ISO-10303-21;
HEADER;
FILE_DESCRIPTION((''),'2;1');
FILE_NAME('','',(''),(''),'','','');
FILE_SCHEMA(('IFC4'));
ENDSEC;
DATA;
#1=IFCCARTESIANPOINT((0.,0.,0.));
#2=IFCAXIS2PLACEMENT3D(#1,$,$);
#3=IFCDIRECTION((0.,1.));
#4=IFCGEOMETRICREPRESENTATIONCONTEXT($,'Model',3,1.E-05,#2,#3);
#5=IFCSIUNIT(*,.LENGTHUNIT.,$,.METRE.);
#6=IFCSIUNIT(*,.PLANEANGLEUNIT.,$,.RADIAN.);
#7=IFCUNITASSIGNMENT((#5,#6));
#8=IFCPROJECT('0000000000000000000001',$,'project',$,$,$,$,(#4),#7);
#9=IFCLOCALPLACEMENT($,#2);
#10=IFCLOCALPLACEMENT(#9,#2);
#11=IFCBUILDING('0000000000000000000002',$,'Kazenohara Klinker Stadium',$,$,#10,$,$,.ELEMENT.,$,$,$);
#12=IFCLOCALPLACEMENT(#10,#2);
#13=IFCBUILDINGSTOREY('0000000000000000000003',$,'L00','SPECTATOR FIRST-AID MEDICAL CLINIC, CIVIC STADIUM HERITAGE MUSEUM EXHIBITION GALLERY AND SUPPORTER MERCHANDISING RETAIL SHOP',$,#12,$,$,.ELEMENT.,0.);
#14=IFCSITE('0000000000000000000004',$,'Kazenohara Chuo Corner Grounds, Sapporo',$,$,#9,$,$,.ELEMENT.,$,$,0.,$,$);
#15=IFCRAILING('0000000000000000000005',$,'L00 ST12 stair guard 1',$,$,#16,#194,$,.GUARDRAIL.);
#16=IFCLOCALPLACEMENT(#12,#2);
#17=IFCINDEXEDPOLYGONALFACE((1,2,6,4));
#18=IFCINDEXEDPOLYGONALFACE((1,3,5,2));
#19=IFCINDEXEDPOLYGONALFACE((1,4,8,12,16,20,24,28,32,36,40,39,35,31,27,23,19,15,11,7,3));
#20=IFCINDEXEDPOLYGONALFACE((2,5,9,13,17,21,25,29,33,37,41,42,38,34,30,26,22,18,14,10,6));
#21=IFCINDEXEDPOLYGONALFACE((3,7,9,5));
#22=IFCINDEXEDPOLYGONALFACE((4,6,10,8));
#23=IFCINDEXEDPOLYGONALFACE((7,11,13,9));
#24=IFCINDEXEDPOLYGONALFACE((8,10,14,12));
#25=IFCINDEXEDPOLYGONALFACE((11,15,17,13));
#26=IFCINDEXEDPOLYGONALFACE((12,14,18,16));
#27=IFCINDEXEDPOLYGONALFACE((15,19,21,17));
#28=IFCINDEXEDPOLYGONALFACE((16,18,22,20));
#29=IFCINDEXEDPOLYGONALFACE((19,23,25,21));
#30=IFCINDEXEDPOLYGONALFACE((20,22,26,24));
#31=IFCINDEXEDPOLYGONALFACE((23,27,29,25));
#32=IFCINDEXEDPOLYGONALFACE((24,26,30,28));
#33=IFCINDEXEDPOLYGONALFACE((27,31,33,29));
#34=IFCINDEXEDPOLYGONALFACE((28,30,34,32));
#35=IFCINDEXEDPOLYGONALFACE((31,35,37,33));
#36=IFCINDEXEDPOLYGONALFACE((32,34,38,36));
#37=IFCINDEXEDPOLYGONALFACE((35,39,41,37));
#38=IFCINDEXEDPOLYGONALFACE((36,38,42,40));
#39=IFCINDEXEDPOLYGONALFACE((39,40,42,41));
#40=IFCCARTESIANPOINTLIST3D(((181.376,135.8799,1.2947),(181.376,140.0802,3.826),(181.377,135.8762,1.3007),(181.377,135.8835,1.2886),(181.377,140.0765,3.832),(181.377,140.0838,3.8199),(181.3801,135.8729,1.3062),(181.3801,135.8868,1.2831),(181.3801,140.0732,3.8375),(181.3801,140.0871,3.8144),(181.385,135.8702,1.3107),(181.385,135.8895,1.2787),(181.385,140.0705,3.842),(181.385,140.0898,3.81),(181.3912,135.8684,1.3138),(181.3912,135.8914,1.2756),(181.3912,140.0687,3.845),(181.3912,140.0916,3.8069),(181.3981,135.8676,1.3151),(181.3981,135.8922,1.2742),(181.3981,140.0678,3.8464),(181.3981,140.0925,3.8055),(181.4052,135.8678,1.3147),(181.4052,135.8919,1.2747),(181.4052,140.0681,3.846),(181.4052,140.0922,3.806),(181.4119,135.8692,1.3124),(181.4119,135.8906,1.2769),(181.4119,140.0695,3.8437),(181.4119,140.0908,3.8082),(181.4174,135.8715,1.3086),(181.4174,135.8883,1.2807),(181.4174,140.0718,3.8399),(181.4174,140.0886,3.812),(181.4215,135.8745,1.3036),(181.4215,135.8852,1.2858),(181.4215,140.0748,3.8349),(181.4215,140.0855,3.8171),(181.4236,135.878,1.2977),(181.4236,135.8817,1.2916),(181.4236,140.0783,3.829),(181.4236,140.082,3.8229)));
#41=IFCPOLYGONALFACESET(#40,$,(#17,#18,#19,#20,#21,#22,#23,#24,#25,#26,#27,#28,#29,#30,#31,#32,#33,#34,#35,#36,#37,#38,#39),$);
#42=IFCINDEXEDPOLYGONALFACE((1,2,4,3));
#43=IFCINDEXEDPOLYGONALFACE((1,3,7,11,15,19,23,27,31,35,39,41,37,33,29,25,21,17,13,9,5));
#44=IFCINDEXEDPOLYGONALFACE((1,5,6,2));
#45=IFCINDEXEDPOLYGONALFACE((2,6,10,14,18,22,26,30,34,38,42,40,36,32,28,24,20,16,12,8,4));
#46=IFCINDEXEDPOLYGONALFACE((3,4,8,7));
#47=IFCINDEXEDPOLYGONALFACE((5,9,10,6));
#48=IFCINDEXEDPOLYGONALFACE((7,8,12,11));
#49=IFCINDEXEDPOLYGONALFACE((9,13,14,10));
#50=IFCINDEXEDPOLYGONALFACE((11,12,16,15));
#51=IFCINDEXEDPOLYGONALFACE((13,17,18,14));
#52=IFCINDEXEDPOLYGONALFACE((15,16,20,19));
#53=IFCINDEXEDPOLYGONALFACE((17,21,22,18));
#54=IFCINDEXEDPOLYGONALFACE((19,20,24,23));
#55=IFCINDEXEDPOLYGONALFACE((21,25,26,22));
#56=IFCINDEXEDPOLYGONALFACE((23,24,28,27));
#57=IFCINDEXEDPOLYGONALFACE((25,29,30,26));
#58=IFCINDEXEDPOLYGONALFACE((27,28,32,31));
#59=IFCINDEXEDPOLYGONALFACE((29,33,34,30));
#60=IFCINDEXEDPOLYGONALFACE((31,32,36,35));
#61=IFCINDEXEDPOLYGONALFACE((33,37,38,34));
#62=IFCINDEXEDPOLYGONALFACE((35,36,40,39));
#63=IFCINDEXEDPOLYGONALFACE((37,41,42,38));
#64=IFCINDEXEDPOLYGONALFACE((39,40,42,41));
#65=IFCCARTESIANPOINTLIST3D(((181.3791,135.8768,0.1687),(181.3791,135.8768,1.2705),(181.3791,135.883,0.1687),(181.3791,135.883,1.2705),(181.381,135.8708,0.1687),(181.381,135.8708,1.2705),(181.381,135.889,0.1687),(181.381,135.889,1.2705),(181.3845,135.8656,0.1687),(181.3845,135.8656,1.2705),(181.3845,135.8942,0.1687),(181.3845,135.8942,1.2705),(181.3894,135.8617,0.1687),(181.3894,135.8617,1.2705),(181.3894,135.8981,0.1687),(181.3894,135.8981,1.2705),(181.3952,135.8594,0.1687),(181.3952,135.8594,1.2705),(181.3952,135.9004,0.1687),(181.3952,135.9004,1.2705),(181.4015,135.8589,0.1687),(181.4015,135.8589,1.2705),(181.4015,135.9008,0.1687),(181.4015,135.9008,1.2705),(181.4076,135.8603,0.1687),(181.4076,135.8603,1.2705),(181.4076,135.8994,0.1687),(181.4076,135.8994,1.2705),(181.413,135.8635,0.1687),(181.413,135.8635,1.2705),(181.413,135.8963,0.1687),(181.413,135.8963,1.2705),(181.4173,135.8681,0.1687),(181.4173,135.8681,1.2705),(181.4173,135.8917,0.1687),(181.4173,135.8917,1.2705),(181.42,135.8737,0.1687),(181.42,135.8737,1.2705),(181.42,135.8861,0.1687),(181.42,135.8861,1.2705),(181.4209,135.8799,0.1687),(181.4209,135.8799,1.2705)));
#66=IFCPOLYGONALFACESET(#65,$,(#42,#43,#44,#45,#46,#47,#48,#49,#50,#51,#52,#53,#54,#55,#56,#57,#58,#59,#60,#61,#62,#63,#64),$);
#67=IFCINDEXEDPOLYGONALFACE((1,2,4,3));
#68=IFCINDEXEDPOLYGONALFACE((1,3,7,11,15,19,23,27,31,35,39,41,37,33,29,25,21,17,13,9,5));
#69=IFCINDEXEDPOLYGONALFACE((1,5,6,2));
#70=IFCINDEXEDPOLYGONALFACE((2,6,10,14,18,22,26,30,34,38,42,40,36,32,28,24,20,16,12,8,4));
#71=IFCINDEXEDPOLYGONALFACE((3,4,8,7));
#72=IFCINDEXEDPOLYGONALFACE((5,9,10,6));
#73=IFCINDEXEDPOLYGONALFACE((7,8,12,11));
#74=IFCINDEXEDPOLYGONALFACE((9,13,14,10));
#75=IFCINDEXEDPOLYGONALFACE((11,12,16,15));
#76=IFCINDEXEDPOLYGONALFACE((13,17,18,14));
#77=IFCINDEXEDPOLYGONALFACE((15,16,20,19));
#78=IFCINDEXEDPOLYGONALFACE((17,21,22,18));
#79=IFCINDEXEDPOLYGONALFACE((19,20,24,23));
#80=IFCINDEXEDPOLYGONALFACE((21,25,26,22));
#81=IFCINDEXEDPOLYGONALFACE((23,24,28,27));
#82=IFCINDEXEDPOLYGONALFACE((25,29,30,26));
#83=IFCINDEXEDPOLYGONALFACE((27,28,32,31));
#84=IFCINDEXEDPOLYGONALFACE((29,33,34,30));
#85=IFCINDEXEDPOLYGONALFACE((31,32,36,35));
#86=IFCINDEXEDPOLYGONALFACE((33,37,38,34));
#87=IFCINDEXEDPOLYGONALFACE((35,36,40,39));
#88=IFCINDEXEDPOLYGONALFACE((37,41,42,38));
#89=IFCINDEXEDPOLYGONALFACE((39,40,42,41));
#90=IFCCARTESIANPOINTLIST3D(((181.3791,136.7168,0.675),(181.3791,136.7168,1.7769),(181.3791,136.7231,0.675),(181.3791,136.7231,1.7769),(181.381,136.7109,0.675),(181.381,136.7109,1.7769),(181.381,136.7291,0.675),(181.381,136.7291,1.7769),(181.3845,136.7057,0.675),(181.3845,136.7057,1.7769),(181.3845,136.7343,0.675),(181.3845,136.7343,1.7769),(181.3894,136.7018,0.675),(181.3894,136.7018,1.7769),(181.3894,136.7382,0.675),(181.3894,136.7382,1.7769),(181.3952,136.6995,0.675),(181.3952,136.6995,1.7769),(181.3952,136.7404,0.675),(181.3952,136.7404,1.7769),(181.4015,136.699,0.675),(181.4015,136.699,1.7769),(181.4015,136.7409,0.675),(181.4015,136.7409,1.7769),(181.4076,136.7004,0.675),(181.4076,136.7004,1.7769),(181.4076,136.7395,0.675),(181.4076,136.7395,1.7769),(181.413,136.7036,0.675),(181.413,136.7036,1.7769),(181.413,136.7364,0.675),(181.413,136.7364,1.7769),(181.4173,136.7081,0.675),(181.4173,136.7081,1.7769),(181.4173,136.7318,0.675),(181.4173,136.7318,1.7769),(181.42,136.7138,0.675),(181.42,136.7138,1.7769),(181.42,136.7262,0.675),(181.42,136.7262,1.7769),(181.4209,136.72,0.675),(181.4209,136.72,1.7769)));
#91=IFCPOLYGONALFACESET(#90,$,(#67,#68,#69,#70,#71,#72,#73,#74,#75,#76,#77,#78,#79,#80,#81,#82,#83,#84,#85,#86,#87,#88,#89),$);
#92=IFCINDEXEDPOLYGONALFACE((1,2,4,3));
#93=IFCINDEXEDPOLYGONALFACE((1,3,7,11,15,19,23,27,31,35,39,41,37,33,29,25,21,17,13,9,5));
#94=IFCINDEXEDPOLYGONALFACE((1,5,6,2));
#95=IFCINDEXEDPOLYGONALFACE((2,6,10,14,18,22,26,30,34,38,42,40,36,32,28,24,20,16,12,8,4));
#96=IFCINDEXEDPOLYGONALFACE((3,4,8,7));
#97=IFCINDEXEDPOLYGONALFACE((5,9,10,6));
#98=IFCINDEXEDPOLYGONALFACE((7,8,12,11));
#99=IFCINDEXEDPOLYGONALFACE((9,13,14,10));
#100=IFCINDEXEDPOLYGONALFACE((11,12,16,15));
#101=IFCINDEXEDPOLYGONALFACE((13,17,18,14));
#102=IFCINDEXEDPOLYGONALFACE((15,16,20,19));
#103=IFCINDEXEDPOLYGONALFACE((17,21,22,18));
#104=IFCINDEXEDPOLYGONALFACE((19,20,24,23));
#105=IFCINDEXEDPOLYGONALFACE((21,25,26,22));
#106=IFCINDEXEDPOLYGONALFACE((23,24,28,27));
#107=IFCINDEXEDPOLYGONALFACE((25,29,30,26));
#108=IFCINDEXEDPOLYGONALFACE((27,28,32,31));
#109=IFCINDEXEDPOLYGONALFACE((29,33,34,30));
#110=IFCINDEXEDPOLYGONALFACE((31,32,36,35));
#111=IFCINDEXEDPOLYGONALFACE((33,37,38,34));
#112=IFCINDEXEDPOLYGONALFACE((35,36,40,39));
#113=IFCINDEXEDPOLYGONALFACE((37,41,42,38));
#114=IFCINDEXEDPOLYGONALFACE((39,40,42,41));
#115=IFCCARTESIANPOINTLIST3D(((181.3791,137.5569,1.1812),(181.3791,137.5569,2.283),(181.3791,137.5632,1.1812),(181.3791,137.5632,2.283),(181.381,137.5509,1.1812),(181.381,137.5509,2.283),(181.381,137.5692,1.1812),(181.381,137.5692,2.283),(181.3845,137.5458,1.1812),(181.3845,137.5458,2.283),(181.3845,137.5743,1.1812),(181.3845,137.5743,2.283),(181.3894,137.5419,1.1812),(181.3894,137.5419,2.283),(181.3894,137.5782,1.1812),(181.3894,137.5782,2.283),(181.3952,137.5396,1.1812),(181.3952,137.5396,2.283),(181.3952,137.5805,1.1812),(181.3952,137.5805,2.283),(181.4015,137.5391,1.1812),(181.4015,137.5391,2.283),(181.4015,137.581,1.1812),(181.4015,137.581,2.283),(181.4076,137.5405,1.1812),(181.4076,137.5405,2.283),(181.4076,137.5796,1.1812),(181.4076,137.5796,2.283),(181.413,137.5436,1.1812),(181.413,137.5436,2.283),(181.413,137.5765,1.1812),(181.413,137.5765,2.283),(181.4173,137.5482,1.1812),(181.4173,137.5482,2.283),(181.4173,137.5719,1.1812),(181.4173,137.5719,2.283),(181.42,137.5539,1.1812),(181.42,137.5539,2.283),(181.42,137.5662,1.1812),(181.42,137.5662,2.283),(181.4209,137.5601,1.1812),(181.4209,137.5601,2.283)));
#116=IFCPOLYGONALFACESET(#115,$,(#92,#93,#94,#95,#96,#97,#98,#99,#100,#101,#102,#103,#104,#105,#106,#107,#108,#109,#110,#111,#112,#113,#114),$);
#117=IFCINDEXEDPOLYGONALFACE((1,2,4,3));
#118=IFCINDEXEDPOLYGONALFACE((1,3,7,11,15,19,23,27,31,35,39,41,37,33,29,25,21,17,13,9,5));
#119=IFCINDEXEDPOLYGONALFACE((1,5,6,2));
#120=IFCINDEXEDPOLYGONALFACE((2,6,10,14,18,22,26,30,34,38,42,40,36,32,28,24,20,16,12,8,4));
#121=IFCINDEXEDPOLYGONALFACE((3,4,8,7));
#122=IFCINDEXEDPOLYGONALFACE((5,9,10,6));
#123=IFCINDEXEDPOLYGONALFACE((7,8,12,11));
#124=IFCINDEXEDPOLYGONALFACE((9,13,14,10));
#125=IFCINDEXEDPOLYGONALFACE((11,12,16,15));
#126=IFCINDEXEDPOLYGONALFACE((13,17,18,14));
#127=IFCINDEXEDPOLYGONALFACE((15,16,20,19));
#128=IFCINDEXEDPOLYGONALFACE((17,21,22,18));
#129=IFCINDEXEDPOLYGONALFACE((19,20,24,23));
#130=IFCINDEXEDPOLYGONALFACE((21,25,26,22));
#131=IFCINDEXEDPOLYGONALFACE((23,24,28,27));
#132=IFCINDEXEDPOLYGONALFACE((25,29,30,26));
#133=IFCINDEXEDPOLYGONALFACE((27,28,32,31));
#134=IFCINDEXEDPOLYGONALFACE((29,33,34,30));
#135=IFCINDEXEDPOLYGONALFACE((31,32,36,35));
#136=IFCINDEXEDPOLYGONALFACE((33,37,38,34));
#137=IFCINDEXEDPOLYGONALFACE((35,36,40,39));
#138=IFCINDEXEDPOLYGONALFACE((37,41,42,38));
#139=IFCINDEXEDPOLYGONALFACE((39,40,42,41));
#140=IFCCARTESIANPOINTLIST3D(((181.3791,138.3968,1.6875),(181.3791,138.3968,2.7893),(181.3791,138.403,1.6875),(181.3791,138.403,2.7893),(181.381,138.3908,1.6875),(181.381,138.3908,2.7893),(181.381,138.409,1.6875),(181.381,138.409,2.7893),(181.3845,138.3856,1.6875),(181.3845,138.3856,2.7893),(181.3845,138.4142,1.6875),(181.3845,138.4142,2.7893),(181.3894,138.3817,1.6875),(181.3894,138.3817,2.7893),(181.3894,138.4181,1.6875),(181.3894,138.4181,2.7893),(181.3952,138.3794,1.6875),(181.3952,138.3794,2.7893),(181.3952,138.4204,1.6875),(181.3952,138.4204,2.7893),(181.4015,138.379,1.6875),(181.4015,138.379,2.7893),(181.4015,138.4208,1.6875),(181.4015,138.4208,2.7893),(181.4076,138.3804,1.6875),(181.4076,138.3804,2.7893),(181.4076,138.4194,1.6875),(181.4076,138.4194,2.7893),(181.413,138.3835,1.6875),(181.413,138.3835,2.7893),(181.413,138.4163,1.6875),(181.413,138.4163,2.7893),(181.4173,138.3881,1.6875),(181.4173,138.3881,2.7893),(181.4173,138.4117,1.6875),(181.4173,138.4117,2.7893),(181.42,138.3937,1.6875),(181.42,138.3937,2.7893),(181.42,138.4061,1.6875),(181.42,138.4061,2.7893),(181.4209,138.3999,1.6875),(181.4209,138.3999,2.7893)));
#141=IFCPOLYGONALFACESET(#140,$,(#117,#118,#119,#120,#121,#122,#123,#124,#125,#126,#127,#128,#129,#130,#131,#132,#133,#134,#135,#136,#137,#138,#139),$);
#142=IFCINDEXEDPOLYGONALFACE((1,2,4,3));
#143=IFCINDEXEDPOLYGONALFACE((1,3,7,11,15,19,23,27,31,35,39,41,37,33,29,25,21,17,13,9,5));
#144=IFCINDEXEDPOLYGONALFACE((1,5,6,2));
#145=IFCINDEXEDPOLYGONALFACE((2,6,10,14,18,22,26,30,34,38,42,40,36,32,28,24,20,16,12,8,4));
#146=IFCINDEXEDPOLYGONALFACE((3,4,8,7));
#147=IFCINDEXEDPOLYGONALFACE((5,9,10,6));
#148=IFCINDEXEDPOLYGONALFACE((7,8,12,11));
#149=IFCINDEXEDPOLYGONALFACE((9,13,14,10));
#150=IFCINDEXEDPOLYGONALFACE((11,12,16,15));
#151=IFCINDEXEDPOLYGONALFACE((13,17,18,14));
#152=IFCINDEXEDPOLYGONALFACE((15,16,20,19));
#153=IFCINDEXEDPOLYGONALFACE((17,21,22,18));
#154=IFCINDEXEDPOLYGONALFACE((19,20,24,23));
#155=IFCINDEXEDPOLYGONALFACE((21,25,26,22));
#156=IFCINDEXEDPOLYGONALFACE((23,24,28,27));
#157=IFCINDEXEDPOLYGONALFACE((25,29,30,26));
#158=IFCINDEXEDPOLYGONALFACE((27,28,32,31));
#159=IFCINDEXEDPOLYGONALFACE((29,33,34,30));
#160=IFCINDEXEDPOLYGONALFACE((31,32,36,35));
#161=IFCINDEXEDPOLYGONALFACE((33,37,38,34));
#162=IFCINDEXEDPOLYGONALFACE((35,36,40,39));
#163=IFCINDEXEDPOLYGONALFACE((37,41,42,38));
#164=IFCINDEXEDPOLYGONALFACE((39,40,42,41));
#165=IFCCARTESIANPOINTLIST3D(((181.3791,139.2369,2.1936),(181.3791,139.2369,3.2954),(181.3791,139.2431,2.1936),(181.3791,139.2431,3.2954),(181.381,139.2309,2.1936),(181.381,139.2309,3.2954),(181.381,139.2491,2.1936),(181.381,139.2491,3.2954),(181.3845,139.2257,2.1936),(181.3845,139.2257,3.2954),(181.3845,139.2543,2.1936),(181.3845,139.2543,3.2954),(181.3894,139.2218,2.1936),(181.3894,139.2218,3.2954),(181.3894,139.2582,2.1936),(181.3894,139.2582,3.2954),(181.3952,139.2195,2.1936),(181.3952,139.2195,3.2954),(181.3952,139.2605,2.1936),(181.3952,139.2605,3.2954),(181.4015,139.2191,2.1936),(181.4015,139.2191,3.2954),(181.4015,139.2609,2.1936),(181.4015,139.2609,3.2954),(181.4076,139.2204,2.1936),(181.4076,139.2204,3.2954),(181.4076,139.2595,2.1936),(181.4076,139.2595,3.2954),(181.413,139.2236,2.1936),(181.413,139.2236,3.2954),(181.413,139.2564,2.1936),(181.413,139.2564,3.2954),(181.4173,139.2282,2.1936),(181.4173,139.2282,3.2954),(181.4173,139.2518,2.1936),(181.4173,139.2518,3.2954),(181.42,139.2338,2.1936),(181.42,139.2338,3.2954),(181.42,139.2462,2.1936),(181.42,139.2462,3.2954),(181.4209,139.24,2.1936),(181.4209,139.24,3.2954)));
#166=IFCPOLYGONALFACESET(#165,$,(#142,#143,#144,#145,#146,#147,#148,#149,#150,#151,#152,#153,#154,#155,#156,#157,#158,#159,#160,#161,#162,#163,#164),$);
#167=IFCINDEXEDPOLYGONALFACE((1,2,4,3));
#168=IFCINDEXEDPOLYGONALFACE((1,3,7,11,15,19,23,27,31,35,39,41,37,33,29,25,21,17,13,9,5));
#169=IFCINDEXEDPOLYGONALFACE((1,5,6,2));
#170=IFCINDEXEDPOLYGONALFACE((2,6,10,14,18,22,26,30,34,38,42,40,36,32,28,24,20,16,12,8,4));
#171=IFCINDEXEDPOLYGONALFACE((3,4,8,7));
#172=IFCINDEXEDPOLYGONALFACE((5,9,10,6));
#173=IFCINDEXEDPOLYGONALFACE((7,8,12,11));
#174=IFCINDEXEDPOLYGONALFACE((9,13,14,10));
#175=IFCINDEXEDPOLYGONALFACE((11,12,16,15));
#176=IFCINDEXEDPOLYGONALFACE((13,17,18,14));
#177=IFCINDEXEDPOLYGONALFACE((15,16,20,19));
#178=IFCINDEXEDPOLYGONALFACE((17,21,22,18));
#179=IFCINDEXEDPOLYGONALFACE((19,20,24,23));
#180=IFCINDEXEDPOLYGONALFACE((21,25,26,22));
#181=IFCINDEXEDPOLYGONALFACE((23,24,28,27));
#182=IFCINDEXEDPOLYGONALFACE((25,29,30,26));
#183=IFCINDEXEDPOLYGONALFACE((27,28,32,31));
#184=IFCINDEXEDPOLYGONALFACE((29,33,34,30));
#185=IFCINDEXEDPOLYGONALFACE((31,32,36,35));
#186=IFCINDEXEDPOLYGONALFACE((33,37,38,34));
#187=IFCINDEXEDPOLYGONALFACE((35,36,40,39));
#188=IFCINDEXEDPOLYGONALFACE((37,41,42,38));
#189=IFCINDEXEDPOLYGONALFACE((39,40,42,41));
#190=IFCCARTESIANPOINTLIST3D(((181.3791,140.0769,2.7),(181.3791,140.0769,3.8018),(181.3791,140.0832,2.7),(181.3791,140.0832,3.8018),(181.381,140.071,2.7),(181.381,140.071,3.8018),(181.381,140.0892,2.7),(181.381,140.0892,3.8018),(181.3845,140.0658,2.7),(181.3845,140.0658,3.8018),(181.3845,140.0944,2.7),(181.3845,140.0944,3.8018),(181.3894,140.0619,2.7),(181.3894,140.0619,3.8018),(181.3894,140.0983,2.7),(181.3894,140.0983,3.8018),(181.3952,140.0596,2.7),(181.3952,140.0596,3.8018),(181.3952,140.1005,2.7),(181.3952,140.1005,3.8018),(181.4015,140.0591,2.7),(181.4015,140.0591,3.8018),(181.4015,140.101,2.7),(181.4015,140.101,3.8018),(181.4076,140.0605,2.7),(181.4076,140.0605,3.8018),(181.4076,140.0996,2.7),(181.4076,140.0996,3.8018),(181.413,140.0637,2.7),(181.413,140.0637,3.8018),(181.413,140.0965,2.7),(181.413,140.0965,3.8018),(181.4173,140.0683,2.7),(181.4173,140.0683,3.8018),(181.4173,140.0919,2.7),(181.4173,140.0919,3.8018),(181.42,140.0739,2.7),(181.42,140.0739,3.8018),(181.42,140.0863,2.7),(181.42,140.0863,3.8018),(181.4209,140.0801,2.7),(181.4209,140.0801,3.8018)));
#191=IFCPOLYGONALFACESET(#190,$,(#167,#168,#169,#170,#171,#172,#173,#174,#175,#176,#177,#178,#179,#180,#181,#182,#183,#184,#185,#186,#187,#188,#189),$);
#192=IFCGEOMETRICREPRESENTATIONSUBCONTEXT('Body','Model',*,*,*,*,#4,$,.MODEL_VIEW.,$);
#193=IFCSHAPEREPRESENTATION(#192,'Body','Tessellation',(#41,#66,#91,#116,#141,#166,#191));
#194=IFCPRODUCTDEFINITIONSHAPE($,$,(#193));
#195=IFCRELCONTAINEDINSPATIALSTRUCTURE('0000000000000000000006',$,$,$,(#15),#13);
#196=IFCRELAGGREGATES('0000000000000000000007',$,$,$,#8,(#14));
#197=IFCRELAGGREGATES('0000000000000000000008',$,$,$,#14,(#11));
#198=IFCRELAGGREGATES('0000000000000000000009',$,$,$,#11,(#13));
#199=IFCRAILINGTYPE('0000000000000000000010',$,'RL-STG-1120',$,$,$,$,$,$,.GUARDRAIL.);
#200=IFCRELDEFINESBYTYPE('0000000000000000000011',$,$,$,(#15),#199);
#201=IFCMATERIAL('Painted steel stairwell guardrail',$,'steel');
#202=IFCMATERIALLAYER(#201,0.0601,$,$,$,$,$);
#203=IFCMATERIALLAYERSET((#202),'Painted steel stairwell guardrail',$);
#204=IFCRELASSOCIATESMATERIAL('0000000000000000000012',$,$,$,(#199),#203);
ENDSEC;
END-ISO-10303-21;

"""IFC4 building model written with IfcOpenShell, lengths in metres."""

from ifc_helpers import new_model, si_unit, direction, frame, origin, origin_2d, place, context, subcontext, project, spatial, circle, extrude, material, layer, layer_set, type_object, element, save


model = new_model("IFC4")

# Units and contexts
model_context = context("Model", 3, precision=1e-05, world=origin(), true_north=direction((0.0, 1.0)))
body_context = subcontext(model_context, "Body", "Model", "MODEL_VIEW")
ifc_project = project(units=[si_unit("LENGTHUNIT", "METRE"), si_unit("PLANEANGLEUNIT", "RADIAN")], contexts=[model_context])

# Site, building, storey
site_placement = place(None, origin())
site = spatial("IfcSite", under=ifc_project, at=site_placement, Name="Kazenohara Chuo Corner Grounds, Sapporo", CompositionType="ELEMENT", RefElevation=0.0)
building_placement = place(site_placement, origin())
building = spatial("IfcBuilding", under=site, at=building_placement, Name="Kazenohara Klinker Stadium", CompositionType="ELEMENT")
storey_placement = place(building_placement, origin())
storey = spatial("IfcBuildingStorey", under=building, at=storey_placement, Name="L00", Description="SPECTATOR FIRST-AID MEDICAL CLINIC, CIVIC STADIUM HERITAGE MUSEUM EXHIBITION GALLERY AND SUPPORTER MERCHANDISING RETAIL SHOP", CompositionType="ELEMENT", Elevation=0.0)

# Railing
ifc_material_1 = material(Name="Painted steel stairwell guardrail", Category="steel")
ifc_layer_1 = layer(ifc_material_1, 0.0601)
ifc_layer_set_1 = layer_set([ifc_layer_1], Name="Painted steel stairwell guardrail")
railing_type_1 = type_object("IfcRailingType", Name="RL-STG-1120", PredefinedType="GUARDRAIL", material=ifc_layer_set_1)
railing_1_placement = place(storey_placement, frame((181.3999, 135.8799, 0.1687)))
element("IfcRailing", 1, at=railing_1_placement, inside=storey, type_object=railing_type_1, Name="L00 ST12 stair guard 1", PredefinedType="GUARDRAIL", context=body_context, shape_type="SweptSolid", body=[
    extrude(circle(Radius=0.0239, at=origin_2d()), frame((0.0, 0.0, 1.126), z_axis=(0.0, 0.85649, 0.516164), x_axis=(-1.0, 0.0, 0.0)), (0.0, 0.0, 1.0), 4.9041),
    extrude(circle(Radius=0.021, at=origin_2d()), origin(), (0.0, 0.0, 1.0), 1.1018),
    extrude(circle(Radius=0.021, at=origin_2d()), frame((0.0, 0.8401, 0.5063)), (0.0, 0.0, 1.0), 1.1018),
    extrude(circle(Radius=0.021, at=origin_2d()), frame((0.0, 1.6802, 1.0125)), (0.0, 0.0, 1.0), 1.1018),
    extrude(circle(Radius=0.021, at=origin_2d()), frame((0.0, 2.52, 1.5188)), (0.0, 0.0, 1.0), 1.1018),
    extrude(circle(Radius=0.021, at=origin_2d()), frame((0.0, 3.3601, 2.0249)), (0.0, 0.0, 1.0), 1.1018),
    extrude(circle(Radius=0.021, at=origin_2d()), frame((0.0, 4.2002, 2.5312)), (0.0, 0.0, 1.0), 1.1018),
])

save(model, "model.ifc")
